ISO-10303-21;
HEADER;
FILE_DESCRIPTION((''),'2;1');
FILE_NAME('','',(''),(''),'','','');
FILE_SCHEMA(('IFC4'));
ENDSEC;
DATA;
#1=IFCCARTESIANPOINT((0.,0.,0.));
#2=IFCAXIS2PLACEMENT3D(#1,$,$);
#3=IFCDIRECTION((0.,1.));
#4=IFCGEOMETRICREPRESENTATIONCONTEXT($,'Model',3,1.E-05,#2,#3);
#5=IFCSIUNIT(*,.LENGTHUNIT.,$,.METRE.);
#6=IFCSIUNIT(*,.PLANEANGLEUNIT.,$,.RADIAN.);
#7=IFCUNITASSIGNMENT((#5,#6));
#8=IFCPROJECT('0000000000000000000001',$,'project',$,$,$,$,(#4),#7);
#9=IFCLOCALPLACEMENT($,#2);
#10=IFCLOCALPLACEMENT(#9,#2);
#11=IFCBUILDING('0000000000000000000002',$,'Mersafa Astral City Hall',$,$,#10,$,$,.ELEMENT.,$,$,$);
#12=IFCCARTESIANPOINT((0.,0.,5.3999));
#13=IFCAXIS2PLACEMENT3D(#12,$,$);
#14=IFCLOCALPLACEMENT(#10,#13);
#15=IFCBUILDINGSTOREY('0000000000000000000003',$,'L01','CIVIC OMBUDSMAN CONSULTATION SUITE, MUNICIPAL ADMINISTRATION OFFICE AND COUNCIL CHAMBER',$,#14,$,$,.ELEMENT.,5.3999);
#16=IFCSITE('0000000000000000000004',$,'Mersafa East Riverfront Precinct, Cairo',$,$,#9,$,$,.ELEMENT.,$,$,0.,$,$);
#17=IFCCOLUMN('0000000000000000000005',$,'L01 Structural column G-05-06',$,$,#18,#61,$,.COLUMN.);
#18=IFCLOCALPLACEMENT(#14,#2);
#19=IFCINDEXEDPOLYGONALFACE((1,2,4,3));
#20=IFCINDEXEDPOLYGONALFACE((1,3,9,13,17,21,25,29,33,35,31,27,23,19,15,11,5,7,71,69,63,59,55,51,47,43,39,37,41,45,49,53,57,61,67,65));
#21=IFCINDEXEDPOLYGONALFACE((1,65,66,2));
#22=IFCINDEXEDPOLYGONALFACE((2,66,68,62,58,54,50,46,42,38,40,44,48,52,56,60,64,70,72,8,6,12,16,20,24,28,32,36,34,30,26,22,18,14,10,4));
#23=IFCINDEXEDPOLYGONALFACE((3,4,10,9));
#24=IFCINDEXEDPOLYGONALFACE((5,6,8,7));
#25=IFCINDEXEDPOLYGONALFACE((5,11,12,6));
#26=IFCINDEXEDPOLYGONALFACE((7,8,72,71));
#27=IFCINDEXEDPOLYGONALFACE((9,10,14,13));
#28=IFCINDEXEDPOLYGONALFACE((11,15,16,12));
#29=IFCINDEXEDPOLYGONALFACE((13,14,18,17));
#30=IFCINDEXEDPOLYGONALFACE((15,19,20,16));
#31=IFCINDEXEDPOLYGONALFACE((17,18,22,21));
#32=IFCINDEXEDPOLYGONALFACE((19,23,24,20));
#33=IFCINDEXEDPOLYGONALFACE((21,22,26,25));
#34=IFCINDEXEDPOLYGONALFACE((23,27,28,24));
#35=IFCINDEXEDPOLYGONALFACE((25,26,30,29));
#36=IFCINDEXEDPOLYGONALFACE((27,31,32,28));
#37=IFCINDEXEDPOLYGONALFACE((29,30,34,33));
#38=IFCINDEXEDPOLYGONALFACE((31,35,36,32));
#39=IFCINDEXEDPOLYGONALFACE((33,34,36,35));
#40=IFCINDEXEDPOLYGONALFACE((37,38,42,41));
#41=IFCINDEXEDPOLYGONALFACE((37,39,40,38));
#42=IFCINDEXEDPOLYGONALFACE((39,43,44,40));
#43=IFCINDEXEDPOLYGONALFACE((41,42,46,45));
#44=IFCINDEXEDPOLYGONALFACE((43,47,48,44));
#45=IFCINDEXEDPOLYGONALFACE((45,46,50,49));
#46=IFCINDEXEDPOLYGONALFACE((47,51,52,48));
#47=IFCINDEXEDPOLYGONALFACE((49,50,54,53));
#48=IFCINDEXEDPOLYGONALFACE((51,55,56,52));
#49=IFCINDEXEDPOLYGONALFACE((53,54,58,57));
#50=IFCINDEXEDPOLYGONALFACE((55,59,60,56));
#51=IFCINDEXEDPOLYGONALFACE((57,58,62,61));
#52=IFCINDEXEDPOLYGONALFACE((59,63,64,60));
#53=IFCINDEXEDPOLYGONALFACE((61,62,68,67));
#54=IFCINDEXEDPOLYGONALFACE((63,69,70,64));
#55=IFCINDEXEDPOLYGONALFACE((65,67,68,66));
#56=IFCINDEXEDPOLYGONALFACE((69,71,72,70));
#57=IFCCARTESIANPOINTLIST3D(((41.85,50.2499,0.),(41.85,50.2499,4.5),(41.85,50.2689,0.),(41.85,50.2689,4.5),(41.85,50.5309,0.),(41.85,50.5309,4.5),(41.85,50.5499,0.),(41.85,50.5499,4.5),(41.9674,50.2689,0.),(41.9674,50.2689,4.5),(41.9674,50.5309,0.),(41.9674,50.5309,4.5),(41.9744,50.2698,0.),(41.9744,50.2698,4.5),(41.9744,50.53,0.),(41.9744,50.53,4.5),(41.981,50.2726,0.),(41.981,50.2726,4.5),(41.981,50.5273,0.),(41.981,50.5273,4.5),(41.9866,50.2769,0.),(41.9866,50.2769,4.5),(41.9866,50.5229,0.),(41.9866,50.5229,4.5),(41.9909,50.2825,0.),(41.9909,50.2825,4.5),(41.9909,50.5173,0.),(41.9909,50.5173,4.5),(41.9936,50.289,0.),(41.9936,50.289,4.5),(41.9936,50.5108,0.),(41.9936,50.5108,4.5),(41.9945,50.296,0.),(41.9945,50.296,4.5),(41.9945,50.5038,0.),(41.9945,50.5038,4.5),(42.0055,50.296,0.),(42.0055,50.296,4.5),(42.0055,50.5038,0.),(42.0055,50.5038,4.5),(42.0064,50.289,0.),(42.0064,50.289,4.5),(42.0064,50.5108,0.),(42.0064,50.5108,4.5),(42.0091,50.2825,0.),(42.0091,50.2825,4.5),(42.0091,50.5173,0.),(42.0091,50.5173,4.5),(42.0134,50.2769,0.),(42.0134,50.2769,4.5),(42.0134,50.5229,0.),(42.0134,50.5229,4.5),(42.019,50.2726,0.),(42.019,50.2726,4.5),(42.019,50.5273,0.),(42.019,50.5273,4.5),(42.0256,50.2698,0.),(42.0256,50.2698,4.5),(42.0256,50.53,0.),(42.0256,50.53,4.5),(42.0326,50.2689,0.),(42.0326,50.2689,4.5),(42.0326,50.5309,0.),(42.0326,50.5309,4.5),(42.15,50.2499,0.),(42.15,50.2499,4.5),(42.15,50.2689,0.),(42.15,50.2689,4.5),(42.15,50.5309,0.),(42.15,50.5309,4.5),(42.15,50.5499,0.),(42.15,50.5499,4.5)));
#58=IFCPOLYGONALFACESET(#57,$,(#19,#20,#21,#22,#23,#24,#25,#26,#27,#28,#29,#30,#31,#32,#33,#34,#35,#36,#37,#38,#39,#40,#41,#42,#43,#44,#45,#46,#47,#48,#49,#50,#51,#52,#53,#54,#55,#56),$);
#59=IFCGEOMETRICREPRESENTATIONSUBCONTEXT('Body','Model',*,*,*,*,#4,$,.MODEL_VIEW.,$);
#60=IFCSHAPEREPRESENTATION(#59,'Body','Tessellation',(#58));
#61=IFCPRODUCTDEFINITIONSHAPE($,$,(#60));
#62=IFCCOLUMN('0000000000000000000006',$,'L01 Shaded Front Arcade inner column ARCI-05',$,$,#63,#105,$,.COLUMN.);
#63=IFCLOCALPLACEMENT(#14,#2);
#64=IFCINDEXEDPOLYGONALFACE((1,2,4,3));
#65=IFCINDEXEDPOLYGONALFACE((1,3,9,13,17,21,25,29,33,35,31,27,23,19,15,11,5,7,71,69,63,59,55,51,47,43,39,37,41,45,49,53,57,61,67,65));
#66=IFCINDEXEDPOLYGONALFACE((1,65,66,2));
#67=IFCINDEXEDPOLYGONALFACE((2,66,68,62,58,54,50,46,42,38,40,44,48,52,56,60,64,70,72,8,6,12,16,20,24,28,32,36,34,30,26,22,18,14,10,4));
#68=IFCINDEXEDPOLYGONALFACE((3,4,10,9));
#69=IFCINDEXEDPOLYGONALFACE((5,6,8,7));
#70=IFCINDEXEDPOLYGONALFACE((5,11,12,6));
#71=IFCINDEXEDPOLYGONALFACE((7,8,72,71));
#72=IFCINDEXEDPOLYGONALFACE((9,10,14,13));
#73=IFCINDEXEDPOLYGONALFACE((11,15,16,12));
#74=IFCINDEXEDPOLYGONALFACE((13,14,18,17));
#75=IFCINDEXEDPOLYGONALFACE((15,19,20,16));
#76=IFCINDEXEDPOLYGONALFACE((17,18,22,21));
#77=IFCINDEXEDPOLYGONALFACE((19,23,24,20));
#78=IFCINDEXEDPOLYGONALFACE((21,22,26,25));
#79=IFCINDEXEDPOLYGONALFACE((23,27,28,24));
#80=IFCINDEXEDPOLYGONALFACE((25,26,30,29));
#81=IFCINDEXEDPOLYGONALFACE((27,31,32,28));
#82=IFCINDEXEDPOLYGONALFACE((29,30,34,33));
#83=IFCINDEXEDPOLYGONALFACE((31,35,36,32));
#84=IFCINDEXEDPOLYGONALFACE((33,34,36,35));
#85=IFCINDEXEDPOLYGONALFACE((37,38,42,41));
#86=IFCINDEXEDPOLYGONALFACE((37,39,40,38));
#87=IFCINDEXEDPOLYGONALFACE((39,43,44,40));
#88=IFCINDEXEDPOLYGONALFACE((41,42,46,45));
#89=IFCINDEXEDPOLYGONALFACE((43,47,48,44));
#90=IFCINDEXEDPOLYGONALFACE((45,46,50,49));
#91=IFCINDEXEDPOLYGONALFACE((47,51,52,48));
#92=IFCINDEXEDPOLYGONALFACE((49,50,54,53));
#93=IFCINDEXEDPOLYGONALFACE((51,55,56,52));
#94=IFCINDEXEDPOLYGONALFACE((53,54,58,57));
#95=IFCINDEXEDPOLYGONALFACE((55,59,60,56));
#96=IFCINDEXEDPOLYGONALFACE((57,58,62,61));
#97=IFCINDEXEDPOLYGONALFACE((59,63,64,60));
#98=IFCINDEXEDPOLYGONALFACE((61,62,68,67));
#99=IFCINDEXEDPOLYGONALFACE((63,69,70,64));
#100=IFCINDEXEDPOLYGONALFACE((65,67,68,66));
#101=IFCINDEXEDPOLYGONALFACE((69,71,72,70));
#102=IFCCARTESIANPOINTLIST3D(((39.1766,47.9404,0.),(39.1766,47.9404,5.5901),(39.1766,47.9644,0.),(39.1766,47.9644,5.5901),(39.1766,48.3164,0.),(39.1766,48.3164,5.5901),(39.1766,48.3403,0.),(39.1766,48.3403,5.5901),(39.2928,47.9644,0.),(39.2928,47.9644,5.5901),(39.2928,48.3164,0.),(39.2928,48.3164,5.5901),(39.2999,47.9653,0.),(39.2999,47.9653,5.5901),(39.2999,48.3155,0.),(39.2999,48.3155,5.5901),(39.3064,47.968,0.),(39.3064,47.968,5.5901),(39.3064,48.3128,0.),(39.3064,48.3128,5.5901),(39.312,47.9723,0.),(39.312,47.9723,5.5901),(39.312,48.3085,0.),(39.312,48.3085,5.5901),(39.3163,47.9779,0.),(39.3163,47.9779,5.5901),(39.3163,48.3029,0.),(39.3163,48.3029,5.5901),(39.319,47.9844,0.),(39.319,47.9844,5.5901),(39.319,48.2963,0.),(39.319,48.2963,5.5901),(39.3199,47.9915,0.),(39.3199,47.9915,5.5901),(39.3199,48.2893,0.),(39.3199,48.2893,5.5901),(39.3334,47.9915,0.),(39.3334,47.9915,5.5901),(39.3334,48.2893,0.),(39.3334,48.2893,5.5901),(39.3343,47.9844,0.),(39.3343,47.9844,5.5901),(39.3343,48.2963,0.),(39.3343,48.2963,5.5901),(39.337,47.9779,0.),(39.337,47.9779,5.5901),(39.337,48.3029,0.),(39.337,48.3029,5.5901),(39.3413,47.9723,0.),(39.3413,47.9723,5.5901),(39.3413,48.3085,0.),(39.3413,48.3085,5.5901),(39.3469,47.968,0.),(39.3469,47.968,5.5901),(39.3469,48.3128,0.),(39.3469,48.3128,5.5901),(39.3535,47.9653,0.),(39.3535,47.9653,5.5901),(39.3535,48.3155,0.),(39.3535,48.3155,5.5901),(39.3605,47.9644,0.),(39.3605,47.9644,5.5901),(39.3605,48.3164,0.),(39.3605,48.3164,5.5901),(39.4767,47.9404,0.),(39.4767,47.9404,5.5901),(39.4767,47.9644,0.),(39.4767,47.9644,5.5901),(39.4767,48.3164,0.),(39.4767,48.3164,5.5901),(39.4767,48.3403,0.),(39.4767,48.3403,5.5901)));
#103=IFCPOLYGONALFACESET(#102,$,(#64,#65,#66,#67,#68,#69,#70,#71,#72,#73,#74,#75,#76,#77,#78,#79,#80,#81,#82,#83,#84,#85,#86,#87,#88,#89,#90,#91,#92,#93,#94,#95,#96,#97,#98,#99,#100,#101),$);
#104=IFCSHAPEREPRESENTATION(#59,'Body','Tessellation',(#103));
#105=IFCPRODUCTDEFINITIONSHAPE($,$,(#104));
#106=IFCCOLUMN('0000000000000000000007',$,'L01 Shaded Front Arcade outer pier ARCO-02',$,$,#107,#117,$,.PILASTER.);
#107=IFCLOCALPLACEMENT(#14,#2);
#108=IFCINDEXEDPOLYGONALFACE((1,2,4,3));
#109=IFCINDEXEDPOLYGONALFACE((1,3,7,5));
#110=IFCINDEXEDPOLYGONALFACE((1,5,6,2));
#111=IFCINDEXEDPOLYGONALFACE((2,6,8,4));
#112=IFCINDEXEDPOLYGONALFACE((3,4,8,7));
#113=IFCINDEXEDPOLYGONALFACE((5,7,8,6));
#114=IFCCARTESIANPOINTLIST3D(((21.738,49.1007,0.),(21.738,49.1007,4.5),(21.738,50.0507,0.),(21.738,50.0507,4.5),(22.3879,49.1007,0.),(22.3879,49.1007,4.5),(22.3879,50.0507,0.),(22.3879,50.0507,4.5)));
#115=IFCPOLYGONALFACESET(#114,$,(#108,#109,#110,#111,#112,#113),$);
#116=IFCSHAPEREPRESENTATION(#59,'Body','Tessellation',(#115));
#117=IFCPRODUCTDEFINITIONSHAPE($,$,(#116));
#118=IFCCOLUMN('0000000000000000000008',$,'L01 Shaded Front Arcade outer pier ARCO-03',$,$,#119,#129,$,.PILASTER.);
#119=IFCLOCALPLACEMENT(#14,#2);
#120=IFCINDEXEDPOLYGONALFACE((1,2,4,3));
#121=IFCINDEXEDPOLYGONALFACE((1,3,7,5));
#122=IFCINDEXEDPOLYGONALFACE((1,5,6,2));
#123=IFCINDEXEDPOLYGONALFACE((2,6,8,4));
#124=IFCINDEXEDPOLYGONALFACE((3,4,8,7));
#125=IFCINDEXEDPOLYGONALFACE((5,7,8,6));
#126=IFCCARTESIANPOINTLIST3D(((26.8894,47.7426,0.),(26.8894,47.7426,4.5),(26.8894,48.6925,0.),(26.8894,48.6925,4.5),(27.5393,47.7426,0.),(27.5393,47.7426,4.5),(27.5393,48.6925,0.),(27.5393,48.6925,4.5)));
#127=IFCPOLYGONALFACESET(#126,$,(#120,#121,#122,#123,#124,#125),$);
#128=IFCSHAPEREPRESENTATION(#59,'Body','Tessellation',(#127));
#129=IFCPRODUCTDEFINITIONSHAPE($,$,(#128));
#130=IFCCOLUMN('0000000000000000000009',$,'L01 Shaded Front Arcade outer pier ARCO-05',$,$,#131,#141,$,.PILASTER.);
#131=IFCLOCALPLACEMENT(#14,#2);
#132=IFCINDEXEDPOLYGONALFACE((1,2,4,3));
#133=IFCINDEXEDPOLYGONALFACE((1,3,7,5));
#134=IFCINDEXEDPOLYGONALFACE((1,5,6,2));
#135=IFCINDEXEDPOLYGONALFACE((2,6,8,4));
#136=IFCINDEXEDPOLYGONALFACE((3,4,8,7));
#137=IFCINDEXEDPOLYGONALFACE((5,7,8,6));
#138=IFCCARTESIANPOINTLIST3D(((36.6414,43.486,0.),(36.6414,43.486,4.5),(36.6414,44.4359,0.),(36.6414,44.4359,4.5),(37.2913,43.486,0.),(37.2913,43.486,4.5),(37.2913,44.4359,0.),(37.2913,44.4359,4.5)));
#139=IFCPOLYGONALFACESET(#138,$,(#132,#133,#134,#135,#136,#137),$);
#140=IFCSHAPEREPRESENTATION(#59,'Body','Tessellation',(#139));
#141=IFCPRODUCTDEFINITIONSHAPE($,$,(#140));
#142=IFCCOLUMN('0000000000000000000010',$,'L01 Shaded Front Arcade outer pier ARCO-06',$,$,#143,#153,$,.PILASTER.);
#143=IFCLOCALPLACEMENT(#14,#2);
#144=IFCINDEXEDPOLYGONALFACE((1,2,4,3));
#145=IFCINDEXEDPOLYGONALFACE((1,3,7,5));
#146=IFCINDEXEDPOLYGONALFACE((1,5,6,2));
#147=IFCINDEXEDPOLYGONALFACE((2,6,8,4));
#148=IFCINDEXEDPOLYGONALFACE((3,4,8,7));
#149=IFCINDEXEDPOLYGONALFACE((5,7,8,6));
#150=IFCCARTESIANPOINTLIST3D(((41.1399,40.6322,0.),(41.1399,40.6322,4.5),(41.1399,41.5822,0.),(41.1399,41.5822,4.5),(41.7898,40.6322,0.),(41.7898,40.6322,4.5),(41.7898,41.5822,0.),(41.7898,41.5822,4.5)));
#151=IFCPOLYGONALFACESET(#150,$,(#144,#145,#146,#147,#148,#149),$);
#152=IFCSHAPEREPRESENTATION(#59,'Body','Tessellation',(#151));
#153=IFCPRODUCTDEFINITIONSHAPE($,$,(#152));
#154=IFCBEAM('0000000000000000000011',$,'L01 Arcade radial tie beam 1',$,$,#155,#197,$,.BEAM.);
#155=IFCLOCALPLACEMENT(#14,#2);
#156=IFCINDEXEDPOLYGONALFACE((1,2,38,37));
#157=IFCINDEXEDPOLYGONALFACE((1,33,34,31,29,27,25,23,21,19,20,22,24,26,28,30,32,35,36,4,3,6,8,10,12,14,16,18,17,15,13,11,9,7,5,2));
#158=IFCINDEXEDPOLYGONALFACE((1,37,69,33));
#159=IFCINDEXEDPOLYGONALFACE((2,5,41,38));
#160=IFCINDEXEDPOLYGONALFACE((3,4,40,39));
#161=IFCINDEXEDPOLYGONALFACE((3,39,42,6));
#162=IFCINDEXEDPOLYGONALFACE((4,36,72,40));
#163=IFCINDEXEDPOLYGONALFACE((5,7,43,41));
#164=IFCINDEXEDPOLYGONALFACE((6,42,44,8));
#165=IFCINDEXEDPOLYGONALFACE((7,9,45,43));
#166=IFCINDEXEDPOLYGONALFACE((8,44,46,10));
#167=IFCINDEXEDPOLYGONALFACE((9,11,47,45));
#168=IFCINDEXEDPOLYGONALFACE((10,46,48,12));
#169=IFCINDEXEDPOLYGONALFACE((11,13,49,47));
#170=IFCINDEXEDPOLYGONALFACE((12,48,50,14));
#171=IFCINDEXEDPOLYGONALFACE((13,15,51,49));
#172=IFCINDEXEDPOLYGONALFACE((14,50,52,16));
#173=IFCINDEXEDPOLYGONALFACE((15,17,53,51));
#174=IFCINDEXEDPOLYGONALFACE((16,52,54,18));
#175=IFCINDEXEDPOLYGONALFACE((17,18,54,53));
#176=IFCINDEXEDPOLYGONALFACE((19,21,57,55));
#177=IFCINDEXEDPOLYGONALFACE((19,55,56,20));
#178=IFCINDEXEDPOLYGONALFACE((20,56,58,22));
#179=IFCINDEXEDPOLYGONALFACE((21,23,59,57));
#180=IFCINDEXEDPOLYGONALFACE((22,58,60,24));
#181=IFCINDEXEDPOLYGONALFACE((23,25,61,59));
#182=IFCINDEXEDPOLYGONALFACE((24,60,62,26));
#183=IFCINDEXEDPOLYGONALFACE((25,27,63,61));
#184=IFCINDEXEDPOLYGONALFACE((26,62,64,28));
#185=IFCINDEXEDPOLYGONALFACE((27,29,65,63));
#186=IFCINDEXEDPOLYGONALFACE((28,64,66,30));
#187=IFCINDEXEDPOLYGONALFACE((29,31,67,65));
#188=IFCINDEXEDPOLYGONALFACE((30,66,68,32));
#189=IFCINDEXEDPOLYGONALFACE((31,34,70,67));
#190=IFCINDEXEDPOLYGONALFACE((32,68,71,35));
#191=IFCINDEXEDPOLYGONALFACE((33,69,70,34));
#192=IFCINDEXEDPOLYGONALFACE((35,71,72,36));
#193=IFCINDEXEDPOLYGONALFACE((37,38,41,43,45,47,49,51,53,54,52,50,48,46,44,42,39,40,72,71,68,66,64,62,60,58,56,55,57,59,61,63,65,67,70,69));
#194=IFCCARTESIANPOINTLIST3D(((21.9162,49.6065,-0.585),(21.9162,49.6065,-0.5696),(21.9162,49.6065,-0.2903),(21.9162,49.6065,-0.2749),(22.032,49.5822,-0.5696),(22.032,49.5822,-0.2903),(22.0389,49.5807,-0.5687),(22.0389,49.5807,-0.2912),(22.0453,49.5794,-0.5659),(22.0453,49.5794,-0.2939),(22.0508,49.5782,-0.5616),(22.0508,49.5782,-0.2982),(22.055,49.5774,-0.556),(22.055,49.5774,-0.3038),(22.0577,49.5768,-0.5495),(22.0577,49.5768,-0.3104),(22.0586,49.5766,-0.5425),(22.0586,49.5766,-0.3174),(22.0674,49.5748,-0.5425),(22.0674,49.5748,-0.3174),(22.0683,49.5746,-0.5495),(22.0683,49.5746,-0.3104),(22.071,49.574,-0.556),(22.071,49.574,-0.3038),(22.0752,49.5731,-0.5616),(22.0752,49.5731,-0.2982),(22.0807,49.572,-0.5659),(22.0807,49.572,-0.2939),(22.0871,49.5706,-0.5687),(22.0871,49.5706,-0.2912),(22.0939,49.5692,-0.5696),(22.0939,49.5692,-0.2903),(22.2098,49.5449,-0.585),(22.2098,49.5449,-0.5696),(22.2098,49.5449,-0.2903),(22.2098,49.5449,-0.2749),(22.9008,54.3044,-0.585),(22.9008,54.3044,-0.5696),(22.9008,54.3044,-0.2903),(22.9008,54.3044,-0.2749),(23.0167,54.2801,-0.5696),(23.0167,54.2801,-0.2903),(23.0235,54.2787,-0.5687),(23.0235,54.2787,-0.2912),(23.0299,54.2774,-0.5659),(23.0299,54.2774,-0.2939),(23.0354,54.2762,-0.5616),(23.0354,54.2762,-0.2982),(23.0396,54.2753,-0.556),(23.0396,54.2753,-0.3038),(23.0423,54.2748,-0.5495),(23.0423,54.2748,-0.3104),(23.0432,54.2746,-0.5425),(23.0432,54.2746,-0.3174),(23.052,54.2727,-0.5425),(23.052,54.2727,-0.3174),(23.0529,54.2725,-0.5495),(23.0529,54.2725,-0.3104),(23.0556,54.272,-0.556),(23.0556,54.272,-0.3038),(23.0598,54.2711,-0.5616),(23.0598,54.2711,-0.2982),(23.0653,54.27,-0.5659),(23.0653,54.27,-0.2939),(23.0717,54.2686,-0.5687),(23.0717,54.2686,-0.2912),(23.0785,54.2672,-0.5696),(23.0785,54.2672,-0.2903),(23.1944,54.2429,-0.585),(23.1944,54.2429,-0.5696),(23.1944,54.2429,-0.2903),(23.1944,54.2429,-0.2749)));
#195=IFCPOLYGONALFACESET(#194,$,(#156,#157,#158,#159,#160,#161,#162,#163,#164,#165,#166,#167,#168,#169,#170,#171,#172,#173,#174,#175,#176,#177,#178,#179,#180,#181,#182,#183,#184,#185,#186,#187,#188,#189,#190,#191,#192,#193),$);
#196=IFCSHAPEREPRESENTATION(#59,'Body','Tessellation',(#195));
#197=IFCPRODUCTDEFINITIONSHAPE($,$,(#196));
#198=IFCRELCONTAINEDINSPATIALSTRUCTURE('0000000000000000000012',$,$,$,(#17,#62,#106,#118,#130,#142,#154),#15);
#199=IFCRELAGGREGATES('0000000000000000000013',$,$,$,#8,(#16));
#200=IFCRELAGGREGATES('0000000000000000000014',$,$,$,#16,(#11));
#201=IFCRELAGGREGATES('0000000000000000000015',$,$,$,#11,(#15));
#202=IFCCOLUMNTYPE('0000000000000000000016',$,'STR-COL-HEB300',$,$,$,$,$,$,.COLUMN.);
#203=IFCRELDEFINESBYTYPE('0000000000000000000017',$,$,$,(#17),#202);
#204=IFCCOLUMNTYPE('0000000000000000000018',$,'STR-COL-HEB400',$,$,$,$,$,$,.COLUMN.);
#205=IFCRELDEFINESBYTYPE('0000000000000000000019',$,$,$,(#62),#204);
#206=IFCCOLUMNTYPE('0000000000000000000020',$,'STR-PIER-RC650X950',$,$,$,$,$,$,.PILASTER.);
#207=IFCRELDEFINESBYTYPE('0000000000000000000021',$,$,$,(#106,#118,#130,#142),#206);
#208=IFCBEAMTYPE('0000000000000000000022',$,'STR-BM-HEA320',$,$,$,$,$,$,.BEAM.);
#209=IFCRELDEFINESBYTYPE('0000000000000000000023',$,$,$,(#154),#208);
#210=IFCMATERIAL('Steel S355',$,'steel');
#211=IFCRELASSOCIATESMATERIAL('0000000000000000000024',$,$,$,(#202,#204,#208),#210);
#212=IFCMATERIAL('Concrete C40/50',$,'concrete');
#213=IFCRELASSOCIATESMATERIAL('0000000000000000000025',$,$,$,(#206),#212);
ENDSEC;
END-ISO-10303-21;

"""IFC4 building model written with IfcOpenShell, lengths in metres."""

from ifc_helpers import new_model, si_unit, direction, frame, origin, origin_2d, place, context, subcontext, project, spatial, rectangle, i_section, extrude, material, material_profile, profile_set, type_object, element, save


model = new_model("IFC4")

# Units and contexts
model_context = context("Model", 3, precision=1e-05, world=origin(), true_north=direction((0.0, 1.0)))
body_context = subcontext(model_context, "Body", "Model", "MODEL_VIEW")
ifc_project = project(units=[si_unit("LENGTHUNIT", "METRE"), si_unit("PLANEANGLEUNIT", "RADIAN")], contexts=[model_context])

# Site, building, storey
site_placement = place(None, origin())
site = spatial("IfcSite", under=ifc_project, at=site_placement, Name="Mersafa East Riverfront Precinct, Cairo", CompositionType="ELEMENT", RefElevation=0.0)
building_placement = place(site_placement, origin())
building = spatial("IfcBuilding", under=site, at=building_placement, Name="Mersafa Astral City Hall", CompositionType="ELEMENT")
storey_placement = place(building_placement, frame((0.0, 0.0, 5.3999)))
storey = spatial("IfcBuildingStorey", under=building, at=storey_placement, Name="L01", Description="CIVIC OMBUDSMAN CONSULTATION SUITE, MUNICIPAL ADMINISTRATION OFFICE AND COUNCIL CHAMBER", CompositionType="ELEMENT", Elevation=5.3999)

# Columns
ifc_material_1 = material(Name="Steel S355", Category="steel")
ifc_material_profile_1 = material_profile(ifc_material_1, i_section(OverallWidth=0.3, OverallDepth=0.3, WebThickness=0.011, FlangeThickness=0.019, FilletRadius=0.0271, at=origin_2d()), Name="HEB 300")
ifc_profile_set_1 = profile_set([ifc_material_profile_1], Name="Steel S355")
column_type_1 = type_object("IfcColumnType", Name="STR-COL-HEB300", PredefinedType="COLUMN", material=ifc_profile_set_1)
column_1_placement = place(storey_placement, frame((42.0, 50.3999, 0.0), z_axis=(0.0, 0.0, 1.0), x_axis=(1.0, 0.0, 0.0)))
element("IfcColumn", 1, at=column_1_placement, inside=storey, type_object=column_type_1, Name="L01 Structural column G-05-06", PredefinedType="COLUMN", context=body_context, shape_type="SweptSolid", body=[
    extrude(i_section(OverallWidth=0.3, OverallDepth=0.3, WebThickness=0.011, FlangeThickness=0.019, FilletRadius=0.0271, at=origin_2d()), origin(), (0.0, 0.0, 1.0), 4.5),
])
ifc_material_profile_2 = material_profile(ifc_material_1, i_section(OverallWidth=0.3, OverallDepth=0.3999, WebThickness=0.0134, FlangeThickness=0.0239, FilletRadius=0.0271, at=origin_2d()), Name="HEB 400")
ifc_profile_set_2 = profile_set([ifc_material_profile_2], Name="Steel S355")
column_type_2 = type_object("IfcColumnType", Name="STR-COL-HEB400", PredefinedType="COLUMN", material=ifc_profile_set_2)
column_2_placement = place(storey_placement, frame((39.3267, 48.1404, 0.0), z_axis=(0.0, 0.0, 1.0), x_axis=(1.0, 0.0, 0.0)))
element("IfcColumn", 2, at=column_2_placement, inside=storey, type_object=column_type_2, Name="L01 Shaded Front Arcade inner column ARCI-05", PredefinedType="COLUMN", context=body_context, shape_type="SweptSolid", body=[
    extrude(i_section(OverallWidth=0.3, OverallDepth=0.3999, WebThickness=0.0134, FlangeThickness=0.0239, FilletRadius=0.0271, at=origin_2d()), origin(), (0.0, 0.0, 1.0), 5.5901),
])
ifc_material_2 = material(Name="Concrete C40/50", Category="concrete")
ifc_material_profile_3 = material_profile(ifc_material_2, rectangle(XDim=0.6499, YDim=0.95, at=origin_2d()), Name="RC 650x950")
ifc_profile_set_3 = profile_set([ifc_material_profile_3], Name="Concrete C40/50")
column_type_3 = type_object("IfcColumnType", Name="STR-PIER-RC650X950", PredefinedType="PILASTER", material=ifc_profile_set_3)
for number, where, z_axis, x_axis, name in (
    (3, (22.063, 49.5757, 0.0), (0.0, 0.0, 1.0), (1.0, 0.0, 0.0), "L01 Shaded Front Arcade outer pier ARCO-02"),
    (4, (27.2144, 48.2175, 0.0), (0.0, 0.0, 1.0), (1.0, 0.0, 0.0), "L01 Shaded Front Arcade outer pier ARCO-03"),
    (5, (36.9663, 43.9609, 0.0), (0.0, 0.0, 1.0), (1.0, 0.0, 0.0), "L01 Shaded Front Arcade outer pier ARCO-05"),
    (6, (41.4648, 41.1072, 0.0), (0.0, 0.0, 1.0), (1.0, 0.0, 0.0), "L01 Shaded Front Arcade outer pier ARCO-06"),
):
    element("IfcColumn", number, at=place(storey_placement, frame(where, z_axis=z_axis, x_axis=x_axis)), inside=storey, type_object=column_type_3, Name=name, PredefinedType="PILASTER", context=body_context, shape_type="SweptSolid", body=[
        extrude(rectangle(XDim=0.6499, YDim=0.95, at=origin_2d()), origin(), (0.0, 0.0, 1.0), 4.5),
    ])

# Beam
ifc_material_profile_4 = material_profile(ifc_material_1, i_section(OverallWidth=0.3, OverallDepth=0.3101, WebThickness=0.009, FlangeThickness=0.0154, FilletRadius=0.0271, at=origin_2d()), Name="HEA 320")
ifc_profile_set_4 = profile_set([ifc_material_profile_4], Name="Steel S355")
beam_type_1 = type_object("IfcBeamType", Name="STR-BM-HEA320", PredefinedType="BEAM", material=ifc_profile_set_4)
for number, where, z_axis, x_axis, name in (
    (7, (22.063, 49.5757, -0.4299), (0.205126, 0.978736, 0.0), (-0.978736, 0.205126, 0.0), "L01 Arcade radial tie beam 1"),
):
    element("IfcBeam", number, at=place(storey_placement, frame(where, z_axis=z_axis, x_axis=x_axis)), inside=storey, type_object=beam_type_1, Name=name, PredefinedType="BEAM", context=body_context, shape_type="SweptSolid", body=[
        extrude(i_section(OverallWidth=0.3, OverallDepth=0.3101, WebThickness=0.009, FlangeThickness=0.0154, FilletRadius=0.0271, at=origin_2d()), origin(), (0.0, 0.0, 1.0), 4.8),
    ])

save(model, "model.ifc")
